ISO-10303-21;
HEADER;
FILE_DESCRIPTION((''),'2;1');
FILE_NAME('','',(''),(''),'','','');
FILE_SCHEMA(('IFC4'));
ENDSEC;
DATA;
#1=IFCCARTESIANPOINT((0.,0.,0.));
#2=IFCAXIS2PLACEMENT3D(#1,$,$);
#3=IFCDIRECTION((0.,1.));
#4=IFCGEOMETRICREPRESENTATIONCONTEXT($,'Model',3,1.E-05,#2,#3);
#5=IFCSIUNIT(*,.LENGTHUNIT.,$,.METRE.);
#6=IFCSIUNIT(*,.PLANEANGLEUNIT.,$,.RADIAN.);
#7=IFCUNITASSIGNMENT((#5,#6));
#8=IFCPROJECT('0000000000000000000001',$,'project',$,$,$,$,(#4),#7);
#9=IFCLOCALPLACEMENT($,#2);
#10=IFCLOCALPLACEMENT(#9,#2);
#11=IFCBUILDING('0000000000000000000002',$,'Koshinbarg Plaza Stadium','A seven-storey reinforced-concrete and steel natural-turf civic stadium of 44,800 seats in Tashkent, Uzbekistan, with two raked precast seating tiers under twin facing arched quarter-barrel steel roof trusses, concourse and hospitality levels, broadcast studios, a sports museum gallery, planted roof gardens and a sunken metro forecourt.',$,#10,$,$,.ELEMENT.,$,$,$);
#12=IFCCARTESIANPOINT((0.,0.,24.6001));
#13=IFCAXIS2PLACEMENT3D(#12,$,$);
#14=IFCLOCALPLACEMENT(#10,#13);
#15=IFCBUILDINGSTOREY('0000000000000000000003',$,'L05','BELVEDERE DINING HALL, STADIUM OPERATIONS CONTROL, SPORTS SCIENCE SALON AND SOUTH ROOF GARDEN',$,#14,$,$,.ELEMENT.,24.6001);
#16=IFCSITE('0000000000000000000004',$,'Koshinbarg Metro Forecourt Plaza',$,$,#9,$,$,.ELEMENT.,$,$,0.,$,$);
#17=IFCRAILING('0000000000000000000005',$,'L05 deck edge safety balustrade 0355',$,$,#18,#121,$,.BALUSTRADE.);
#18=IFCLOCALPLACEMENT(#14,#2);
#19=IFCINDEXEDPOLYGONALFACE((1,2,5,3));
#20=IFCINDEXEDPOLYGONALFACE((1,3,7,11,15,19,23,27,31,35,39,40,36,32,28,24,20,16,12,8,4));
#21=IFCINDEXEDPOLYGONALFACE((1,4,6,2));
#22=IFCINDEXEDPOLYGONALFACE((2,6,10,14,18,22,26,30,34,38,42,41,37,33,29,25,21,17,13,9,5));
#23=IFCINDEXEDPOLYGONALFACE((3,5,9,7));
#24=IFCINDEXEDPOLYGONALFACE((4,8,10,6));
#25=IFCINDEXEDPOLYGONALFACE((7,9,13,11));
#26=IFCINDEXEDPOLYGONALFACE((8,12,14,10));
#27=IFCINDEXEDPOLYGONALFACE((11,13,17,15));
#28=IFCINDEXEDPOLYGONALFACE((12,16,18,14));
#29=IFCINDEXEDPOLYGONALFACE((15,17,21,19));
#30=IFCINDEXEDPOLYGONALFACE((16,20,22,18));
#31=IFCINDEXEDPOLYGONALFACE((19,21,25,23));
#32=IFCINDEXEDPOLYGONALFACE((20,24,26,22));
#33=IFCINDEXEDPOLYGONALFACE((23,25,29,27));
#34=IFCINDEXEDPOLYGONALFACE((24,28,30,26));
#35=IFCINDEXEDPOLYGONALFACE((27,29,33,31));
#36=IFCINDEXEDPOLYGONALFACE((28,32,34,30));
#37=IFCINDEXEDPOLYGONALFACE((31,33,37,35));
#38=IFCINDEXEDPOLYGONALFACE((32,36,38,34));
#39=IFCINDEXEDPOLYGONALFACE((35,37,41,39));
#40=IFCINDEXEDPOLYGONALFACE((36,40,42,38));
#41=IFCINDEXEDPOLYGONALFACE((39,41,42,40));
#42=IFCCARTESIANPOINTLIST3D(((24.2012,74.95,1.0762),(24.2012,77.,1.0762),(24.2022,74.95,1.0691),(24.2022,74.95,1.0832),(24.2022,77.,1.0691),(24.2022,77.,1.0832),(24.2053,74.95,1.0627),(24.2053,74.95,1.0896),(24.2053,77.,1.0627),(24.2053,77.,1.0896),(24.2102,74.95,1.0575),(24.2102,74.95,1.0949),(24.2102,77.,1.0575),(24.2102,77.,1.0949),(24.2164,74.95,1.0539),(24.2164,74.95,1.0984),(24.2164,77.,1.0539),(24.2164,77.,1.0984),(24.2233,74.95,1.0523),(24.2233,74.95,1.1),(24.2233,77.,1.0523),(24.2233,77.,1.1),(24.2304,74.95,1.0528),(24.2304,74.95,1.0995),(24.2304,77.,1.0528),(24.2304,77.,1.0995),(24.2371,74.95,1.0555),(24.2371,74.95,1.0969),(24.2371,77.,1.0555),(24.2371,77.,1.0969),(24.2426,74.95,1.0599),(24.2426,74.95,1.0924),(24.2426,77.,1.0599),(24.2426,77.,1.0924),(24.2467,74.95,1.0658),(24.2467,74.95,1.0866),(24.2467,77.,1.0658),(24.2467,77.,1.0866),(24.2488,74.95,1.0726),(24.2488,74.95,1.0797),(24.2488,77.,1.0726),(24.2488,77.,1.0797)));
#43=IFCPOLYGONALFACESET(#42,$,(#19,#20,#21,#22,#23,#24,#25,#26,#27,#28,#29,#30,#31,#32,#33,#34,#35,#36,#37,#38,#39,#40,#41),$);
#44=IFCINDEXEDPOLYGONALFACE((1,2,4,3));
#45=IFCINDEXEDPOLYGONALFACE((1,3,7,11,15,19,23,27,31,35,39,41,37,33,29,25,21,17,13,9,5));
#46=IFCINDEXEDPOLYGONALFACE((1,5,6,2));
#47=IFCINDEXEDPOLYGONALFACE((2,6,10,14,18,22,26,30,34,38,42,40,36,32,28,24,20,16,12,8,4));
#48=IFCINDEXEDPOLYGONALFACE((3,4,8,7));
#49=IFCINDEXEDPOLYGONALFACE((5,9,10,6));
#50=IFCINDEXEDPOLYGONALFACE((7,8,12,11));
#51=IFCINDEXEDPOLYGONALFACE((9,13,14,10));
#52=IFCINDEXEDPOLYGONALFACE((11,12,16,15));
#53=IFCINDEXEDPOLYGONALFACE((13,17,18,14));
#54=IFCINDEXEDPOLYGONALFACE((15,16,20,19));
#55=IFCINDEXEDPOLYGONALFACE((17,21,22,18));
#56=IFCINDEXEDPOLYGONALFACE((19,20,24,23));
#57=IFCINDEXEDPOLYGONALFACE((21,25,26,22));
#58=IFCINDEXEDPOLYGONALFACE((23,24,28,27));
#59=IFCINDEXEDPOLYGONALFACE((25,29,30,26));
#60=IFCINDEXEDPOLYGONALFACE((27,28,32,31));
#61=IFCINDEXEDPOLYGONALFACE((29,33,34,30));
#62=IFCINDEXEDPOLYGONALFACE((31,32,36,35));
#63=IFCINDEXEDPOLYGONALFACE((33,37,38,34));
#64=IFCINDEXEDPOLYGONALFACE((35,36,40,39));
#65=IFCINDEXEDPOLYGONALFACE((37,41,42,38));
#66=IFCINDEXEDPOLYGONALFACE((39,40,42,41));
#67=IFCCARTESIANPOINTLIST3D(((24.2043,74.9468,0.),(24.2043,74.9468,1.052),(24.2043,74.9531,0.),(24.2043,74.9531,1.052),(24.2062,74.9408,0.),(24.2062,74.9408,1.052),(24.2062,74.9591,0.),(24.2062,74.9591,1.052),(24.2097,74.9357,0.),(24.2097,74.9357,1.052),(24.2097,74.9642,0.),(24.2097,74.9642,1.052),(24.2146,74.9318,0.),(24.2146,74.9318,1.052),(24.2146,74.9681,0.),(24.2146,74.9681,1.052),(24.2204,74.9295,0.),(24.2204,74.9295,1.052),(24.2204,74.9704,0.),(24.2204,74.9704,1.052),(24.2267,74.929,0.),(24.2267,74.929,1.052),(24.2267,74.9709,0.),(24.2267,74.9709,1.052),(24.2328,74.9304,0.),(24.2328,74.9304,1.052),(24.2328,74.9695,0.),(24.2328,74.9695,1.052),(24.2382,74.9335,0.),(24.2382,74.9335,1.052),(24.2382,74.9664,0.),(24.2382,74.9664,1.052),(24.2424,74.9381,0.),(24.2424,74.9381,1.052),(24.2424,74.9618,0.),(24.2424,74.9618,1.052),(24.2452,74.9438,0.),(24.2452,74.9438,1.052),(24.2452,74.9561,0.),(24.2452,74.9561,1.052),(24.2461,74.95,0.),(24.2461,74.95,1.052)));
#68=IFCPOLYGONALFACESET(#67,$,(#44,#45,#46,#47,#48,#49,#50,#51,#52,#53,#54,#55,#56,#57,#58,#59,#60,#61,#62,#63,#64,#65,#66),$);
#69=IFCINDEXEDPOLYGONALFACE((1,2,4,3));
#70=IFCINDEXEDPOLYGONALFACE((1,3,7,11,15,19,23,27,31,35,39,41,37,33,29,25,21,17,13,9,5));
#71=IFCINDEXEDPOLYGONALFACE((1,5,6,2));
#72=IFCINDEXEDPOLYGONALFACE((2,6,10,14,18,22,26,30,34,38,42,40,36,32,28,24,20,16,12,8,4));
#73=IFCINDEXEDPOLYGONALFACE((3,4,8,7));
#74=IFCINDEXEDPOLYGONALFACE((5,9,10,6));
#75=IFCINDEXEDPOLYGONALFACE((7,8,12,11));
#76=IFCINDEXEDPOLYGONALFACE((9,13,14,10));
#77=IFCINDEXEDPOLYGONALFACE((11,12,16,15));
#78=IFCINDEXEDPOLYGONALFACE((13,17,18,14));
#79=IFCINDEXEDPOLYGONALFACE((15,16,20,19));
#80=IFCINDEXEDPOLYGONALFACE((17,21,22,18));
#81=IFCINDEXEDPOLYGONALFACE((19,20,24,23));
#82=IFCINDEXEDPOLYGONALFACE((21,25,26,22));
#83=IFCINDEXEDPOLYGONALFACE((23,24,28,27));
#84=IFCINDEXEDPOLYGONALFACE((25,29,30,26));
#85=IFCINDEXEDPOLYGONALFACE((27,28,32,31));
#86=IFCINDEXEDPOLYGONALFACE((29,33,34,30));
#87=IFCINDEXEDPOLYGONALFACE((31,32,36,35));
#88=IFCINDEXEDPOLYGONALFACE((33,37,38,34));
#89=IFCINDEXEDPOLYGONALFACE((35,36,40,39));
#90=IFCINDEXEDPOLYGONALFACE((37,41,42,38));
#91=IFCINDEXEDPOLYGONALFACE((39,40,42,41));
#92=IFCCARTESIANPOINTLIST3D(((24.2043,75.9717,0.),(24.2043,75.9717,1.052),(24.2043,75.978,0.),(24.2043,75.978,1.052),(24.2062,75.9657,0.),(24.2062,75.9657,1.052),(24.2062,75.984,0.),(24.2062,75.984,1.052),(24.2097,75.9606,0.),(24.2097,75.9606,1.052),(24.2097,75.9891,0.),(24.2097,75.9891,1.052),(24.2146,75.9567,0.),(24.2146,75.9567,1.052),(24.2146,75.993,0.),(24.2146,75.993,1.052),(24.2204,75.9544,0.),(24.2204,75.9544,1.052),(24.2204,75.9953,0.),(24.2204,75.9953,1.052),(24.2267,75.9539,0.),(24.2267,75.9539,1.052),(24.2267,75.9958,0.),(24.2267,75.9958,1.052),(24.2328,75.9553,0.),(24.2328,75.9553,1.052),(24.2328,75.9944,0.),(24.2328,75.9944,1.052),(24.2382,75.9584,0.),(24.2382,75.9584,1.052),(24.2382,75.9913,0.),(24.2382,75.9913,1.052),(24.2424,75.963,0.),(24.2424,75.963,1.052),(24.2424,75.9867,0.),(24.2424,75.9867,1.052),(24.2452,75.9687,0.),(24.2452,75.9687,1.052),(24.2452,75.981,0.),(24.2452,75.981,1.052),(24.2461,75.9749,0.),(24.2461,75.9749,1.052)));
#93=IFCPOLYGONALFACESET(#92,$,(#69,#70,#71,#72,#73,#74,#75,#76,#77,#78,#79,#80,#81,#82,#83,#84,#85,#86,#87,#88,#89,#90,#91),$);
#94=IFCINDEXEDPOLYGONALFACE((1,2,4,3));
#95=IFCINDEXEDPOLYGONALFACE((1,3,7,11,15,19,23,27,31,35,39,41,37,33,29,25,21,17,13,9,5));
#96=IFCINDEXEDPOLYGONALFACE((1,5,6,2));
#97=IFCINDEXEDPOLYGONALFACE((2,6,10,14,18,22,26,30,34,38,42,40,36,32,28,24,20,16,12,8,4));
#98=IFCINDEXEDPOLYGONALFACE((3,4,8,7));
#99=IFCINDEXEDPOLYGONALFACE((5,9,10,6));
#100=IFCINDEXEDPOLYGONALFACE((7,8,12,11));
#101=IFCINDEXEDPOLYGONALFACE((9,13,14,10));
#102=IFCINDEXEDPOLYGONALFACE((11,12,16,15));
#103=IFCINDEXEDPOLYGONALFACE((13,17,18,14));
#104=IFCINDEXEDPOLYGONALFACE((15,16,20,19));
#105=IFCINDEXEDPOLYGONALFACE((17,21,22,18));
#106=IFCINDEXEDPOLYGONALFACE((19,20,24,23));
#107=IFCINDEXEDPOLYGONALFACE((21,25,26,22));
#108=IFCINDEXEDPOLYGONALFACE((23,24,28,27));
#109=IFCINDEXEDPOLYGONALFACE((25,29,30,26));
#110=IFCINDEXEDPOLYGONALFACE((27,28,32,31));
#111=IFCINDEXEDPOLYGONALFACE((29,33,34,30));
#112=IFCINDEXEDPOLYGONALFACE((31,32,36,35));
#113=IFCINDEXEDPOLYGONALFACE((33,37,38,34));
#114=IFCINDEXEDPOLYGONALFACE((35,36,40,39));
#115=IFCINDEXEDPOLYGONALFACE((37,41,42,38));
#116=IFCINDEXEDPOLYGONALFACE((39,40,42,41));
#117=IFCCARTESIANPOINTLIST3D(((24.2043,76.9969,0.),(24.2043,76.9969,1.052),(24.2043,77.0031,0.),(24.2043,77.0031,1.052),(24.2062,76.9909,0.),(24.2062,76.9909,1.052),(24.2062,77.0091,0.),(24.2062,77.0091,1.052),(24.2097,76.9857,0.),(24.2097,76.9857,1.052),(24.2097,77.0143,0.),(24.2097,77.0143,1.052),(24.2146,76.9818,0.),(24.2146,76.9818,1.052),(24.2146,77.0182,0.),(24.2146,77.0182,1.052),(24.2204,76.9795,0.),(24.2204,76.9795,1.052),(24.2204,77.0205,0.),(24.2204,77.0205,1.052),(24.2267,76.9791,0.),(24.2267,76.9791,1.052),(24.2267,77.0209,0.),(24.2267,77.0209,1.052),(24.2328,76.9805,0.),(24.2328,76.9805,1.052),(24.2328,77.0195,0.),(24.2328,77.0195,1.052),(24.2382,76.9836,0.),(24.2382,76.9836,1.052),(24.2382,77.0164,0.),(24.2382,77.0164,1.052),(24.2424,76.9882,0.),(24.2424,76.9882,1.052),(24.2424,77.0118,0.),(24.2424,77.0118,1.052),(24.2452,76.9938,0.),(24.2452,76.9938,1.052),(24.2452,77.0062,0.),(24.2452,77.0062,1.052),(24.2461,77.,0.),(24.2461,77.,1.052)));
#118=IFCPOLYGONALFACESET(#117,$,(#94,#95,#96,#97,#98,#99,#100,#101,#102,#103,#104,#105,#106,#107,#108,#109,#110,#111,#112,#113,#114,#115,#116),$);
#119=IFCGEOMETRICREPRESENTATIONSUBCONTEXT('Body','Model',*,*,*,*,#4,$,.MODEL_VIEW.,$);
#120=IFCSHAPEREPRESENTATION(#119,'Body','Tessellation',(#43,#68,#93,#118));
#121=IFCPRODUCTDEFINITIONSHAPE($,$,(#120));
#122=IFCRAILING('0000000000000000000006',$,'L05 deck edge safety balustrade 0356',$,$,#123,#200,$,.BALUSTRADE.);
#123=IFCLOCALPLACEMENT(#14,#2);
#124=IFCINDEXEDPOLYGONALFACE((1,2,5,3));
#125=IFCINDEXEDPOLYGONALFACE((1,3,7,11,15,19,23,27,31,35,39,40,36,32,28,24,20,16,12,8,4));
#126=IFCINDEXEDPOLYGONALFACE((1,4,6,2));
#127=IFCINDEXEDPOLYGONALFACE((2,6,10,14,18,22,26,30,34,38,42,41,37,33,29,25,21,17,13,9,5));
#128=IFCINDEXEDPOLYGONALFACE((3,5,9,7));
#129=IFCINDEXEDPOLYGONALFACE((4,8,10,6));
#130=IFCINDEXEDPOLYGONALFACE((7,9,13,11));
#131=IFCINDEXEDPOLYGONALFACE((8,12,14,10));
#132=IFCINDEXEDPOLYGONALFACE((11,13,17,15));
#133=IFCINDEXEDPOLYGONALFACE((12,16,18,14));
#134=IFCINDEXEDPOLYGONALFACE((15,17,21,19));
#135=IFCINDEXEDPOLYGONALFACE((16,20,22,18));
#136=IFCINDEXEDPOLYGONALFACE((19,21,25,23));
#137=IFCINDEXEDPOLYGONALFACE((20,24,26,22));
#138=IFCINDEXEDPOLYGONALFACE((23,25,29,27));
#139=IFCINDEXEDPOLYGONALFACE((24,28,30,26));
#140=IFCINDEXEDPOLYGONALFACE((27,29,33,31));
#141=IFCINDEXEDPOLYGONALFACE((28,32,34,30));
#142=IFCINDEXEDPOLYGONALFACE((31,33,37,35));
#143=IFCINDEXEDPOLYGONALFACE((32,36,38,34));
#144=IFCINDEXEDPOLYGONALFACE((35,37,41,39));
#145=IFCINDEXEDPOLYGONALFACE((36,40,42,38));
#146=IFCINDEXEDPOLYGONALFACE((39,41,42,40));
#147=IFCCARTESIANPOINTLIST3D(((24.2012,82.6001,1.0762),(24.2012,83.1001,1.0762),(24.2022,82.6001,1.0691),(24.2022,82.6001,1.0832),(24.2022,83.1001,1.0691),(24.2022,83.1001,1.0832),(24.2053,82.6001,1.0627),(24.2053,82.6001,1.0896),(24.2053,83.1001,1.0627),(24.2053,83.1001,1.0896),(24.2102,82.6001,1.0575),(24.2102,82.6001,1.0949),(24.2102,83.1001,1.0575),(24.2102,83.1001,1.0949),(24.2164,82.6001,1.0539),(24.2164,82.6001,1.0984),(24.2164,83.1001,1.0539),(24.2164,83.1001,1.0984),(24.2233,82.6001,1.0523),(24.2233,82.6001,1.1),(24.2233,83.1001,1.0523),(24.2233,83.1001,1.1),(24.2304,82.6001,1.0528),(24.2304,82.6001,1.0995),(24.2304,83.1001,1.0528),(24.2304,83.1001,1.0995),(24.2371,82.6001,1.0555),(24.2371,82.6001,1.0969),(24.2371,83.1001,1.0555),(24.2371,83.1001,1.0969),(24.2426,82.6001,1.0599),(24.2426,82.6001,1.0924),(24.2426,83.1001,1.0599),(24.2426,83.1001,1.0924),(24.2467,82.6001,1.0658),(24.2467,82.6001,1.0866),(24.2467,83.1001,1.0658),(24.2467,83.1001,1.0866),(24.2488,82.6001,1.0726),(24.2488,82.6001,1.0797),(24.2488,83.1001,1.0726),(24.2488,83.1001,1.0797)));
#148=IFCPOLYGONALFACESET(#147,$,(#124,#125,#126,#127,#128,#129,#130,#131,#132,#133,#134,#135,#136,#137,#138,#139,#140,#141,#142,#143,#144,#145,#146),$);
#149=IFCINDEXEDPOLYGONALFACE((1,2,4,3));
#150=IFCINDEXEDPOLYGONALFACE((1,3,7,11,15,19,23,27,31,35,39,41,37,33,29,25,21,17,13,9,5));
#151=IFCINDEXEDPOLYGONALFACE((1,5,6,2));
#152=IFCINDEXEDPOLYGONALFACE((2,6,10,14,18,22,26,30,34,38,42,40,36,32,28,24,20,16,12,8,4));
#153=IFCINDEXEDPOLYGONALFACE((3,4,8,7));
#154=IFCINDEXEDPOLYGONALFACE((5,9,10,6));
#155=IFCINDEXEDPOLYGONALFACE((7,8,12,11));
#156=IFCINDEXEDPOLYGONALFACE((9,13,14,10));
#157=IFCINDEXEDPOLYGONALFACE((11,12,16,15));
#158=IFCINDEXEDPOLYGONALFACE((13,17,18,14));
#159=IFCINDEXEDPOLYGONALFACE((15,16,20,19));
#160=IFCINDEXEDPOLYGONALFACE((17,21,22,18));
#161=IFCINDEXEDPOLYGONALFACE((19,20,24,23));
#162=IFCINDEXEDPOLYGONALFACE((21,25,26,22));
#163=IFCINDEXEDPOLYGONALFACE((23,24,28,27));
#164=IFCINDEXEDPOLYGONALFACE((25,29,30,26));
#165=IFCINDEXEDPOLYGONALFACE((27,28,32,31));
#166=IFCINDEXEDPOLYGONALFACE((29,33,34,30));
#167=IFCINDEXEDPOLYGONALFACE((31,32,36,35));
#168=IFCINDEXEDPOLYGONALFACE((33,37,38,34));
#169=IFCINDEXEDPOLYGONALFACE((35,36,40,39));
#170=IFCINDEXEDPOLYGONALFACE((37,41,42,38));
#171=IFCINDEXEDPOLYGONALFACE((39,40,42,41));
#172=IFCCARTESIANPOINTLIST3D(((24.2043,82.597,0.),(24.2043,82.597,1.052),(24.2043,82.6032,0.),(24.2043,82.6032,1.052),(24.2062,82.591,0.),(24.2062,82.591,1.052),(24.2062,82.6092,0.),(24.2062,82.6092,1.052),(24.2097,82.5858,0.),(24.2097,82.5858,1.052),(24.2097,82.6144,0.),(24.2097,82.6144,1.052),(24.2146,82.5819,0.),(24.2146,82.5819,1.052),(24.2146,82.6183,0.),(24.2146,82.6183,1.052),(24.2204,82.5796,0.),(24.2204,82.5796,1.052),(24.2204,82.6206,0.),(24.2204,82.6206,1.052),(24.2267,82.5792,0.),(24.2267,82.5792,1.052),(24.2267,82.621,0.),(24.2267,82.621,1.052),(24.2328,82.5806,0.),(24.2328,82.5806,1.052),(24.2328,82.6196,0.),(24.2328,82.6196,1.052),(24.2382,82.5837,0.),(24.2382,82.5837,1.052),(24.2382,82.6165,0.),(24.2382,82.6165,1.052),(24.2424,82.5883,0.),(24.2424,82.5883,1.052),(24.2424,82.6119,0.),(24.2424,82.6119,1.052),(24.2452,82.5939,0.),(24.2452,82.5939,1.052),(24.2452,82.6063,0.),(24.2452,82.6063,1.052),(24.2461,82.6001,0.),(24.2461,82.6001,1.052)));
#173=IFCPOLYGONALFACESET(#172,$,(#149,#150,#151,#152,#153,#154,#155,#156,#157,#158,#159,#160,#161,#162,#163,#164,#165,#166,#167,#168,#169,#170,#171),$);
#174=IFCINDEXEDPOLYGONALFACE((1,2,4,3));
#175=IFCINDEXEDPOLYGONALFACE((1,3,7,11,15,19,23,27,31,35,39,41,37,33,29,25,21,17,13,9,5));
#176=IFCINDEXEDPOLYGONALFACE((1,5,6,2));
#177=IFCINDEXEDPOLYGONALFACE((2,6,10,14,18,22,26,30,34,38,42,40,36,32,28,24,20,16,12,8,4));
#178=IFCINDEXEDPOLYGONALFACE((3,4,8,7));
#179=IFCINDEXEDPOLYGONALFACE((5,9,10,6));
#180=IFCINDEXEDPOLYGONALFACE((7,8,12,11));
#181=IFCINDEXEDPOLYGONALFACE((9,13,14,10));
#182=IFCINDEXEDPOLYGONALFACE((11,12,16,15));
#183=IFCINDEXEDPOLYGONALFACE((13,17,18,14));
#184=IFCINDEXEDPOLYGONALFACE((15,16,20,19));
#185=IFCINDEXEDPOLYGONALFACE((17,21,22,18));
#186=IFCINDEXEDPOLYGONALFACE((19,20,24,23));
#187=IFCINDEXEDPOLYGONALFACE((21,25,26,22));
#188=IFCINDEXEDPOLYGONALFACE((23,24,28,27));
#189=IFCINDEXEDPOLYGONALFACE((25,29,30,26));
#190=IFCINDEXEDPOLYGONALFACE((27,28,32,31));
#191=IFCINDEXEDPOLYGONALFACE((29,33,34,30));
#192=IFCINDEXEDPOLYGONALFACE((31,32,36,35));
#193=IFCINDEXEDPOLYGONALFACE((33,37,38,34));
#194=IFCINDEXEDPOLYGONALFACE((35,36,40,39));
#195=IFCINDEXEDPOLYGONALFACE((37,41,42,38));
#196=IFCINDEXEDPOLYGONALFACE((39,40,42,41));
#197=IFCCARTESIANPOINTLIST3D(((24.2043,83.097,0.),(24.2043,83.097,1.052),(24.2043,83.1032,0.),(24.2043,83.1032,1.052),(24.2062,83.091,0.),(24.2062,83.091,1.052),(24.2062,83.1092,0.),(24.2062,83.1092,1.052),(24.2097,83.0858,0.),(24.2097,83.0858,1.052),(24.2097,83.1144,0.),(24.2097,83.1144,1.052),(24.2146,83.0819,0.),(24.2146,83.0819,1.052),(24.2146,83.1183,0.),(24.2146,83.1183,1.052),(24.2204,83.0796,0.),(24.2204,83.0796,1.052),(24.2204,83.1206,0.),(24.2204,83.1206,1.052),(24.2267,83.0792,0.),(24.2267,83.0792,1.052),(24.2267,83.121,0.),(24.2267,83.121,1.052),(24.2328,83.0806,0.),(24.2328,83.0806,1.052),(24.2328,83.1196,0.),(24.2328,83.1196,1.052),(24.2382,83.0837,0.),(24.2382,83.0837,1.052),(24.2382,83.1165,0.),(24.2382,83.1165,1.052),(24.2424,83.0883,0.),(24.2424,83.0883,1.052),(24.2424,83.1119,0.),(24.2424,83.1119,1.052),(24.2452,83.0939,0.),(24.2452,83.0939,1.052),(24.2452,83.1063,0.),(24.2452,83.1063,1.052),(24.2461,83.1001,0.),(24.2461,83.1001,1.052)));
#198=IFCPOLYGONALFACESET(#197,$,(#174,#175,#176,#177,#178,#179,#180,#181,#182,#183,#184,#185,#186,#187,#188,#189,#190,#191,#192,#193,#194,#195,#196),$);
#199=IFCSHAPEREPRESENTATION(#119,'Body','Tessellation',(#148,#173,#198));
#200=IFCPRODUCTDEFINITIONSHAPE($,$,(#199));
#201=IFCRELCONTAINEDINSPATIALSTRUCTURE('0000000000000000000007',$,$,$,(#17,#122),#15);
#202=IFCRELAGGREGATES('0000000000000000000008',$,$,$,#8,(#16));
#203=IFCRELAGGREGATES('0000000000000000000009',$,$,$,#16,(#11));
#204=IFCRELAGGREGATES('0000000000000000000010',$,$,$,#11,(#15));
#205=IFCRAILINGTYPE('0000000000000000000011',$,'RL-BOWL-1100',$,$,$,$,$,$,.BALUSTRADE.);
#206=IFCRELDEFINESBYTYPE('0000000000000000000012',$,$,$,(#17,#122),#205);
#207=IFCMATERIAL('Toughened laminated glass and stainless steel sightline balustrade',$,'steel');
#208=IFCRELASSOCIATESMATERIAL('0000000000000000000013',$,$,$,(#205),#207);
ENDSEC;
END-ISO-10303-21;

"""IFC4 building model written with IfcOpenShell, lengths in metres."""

from ifc_helpers import new_model, si_unit, direction, frame, origin, origin_2d, place, context, subcontext, project, spatial, circle, extrude, material, type_object, element, save


model = new_model("IFC4")

# Units and contexts
model_context = context("Model", 3, precision=1e-05, world=origin(), true_north=direction((0.0, 1.0)))
body_context = subcontext(model_context, "Body", "Model", "MODEL_VIEW")
ifc_project = project(units=[si_unit("LENGTHUNIT", "METRE"), si_unit("PLANEANGLEUNIT", "RADIAN")], contexts=[model_context])

# Site, building, storey
site_placement = place(None, origin())
site = spatial("IfcSite", under=ifc_project, at=site_placement, Name="Koshinbarg Metro Forecourt Plaza", CompositionType="ELEMENT", RefElevation=0.0)
building_placement = place(site_placement, origin())
building = spatial("IfcBuilding", under=site, at=building_placement, Name="Koshinbarg Plaza Stadium", Description="A seven-storey reinforced-concrete and steel natural-turf civic stadium of 44,800 seats in Tashkent, Uzbekistan, with two raked precast seating tiers under twin facing arched quarter-barrel steel roof trusses, concourse and hospitality levels, broadcast studios, a sports museum gallery, planted roof gardens and a sunken metro forecourt.", CompositionType="ELEMENT")
storey_placement = place(building_placement, frame((0.0, 0.0, 24.6001)))
storey = spatial("IfcBuildingStorey", under=building, at=storey_placement, Name="L05", Description="BELVEDERE DINING HALL, STADIUM OPERATIONS CONTROL, SPORTS SCIENCE SALON AND SOUTH ROOF GARDEN", CompositionType="ELEMENT", Elevation=24.6001)

# Railings
ifc_material_1 = material(Name="Toughened laminated glass and stainless steel sightline balustrade", Category="steel")
railing_type = type_object("IfcRailingType", Name="RL-BOWL-1100", PredefinedType="BALUSTRADE", material=ifc_material_1)
railing_1_placement = place(storey_placement, frame((24.2251, 74.95, 0.0)))
element("IfcRailing", 1, at=railing_1_placement, inside=storey, type_object=railing_type, Name="L05 deck edge safety balustrade 0355", PredefinedType="BALUSTRADE", context=body_context, shape_type="SweptSolid", body=[
    extrude(circle(Radius=0.0239, at=origin_2d()), frame((0.0, 0.0, 1.0762), z_axis=(0.0, 1.0, 0.0), x_axis=(-1.0, 0.0, 0.0)), (0.0, 0.0, 1.0), 2.05),
    extrude(circle(Radius=0.021, at=origin_2d()), origin(), (0.0, 0.0, 1.0), 1.052),
    extrude(circle(Radius=0.021, at=origin_2d()), frame((0.0, 1.0249, 0.0)), (0.0, 0.0, 1.0), 1.052),
    extrude(circle(Radius=0.021, at=origin_2d()), frame((0.0, 2.05, 0.0)), (0.0, 0.0, 1.0), 1.052),
])
railing_2_placement = place(storey_placement, frame((24.2251, 82.6001, 0.0)))
element("IfcRailing", 2, at=railing_2_placement, inside=storey, type_object=railing_type, Name="L05 deck edge safety balustrade 0356", PredefinedType="BALUSTRADE", context=body_context, shape_type="SweptSolid", body=[
    extrude(circle(Radius=0.0239, at=origin_2d()), frame((0.0, 0.0, 1.0762), z_axis=(0.0, 1.0, 0.0), x_axis=(-1.0, 0.0, 0.0)), (0.0, 0.0, 1.0), 0.5),
    extrude(circle(Radius=0.021, at=origin_2d()), origin(), (0.0, 0.0, 1.0), 1.052),
    extrude(circle(Radius=0.021, at=origin_2d()), frame((0.0, 0.5, 0.0)), (0.0, 0.0, 1.0), 1.052),
])

save(model, "model.ifc")
